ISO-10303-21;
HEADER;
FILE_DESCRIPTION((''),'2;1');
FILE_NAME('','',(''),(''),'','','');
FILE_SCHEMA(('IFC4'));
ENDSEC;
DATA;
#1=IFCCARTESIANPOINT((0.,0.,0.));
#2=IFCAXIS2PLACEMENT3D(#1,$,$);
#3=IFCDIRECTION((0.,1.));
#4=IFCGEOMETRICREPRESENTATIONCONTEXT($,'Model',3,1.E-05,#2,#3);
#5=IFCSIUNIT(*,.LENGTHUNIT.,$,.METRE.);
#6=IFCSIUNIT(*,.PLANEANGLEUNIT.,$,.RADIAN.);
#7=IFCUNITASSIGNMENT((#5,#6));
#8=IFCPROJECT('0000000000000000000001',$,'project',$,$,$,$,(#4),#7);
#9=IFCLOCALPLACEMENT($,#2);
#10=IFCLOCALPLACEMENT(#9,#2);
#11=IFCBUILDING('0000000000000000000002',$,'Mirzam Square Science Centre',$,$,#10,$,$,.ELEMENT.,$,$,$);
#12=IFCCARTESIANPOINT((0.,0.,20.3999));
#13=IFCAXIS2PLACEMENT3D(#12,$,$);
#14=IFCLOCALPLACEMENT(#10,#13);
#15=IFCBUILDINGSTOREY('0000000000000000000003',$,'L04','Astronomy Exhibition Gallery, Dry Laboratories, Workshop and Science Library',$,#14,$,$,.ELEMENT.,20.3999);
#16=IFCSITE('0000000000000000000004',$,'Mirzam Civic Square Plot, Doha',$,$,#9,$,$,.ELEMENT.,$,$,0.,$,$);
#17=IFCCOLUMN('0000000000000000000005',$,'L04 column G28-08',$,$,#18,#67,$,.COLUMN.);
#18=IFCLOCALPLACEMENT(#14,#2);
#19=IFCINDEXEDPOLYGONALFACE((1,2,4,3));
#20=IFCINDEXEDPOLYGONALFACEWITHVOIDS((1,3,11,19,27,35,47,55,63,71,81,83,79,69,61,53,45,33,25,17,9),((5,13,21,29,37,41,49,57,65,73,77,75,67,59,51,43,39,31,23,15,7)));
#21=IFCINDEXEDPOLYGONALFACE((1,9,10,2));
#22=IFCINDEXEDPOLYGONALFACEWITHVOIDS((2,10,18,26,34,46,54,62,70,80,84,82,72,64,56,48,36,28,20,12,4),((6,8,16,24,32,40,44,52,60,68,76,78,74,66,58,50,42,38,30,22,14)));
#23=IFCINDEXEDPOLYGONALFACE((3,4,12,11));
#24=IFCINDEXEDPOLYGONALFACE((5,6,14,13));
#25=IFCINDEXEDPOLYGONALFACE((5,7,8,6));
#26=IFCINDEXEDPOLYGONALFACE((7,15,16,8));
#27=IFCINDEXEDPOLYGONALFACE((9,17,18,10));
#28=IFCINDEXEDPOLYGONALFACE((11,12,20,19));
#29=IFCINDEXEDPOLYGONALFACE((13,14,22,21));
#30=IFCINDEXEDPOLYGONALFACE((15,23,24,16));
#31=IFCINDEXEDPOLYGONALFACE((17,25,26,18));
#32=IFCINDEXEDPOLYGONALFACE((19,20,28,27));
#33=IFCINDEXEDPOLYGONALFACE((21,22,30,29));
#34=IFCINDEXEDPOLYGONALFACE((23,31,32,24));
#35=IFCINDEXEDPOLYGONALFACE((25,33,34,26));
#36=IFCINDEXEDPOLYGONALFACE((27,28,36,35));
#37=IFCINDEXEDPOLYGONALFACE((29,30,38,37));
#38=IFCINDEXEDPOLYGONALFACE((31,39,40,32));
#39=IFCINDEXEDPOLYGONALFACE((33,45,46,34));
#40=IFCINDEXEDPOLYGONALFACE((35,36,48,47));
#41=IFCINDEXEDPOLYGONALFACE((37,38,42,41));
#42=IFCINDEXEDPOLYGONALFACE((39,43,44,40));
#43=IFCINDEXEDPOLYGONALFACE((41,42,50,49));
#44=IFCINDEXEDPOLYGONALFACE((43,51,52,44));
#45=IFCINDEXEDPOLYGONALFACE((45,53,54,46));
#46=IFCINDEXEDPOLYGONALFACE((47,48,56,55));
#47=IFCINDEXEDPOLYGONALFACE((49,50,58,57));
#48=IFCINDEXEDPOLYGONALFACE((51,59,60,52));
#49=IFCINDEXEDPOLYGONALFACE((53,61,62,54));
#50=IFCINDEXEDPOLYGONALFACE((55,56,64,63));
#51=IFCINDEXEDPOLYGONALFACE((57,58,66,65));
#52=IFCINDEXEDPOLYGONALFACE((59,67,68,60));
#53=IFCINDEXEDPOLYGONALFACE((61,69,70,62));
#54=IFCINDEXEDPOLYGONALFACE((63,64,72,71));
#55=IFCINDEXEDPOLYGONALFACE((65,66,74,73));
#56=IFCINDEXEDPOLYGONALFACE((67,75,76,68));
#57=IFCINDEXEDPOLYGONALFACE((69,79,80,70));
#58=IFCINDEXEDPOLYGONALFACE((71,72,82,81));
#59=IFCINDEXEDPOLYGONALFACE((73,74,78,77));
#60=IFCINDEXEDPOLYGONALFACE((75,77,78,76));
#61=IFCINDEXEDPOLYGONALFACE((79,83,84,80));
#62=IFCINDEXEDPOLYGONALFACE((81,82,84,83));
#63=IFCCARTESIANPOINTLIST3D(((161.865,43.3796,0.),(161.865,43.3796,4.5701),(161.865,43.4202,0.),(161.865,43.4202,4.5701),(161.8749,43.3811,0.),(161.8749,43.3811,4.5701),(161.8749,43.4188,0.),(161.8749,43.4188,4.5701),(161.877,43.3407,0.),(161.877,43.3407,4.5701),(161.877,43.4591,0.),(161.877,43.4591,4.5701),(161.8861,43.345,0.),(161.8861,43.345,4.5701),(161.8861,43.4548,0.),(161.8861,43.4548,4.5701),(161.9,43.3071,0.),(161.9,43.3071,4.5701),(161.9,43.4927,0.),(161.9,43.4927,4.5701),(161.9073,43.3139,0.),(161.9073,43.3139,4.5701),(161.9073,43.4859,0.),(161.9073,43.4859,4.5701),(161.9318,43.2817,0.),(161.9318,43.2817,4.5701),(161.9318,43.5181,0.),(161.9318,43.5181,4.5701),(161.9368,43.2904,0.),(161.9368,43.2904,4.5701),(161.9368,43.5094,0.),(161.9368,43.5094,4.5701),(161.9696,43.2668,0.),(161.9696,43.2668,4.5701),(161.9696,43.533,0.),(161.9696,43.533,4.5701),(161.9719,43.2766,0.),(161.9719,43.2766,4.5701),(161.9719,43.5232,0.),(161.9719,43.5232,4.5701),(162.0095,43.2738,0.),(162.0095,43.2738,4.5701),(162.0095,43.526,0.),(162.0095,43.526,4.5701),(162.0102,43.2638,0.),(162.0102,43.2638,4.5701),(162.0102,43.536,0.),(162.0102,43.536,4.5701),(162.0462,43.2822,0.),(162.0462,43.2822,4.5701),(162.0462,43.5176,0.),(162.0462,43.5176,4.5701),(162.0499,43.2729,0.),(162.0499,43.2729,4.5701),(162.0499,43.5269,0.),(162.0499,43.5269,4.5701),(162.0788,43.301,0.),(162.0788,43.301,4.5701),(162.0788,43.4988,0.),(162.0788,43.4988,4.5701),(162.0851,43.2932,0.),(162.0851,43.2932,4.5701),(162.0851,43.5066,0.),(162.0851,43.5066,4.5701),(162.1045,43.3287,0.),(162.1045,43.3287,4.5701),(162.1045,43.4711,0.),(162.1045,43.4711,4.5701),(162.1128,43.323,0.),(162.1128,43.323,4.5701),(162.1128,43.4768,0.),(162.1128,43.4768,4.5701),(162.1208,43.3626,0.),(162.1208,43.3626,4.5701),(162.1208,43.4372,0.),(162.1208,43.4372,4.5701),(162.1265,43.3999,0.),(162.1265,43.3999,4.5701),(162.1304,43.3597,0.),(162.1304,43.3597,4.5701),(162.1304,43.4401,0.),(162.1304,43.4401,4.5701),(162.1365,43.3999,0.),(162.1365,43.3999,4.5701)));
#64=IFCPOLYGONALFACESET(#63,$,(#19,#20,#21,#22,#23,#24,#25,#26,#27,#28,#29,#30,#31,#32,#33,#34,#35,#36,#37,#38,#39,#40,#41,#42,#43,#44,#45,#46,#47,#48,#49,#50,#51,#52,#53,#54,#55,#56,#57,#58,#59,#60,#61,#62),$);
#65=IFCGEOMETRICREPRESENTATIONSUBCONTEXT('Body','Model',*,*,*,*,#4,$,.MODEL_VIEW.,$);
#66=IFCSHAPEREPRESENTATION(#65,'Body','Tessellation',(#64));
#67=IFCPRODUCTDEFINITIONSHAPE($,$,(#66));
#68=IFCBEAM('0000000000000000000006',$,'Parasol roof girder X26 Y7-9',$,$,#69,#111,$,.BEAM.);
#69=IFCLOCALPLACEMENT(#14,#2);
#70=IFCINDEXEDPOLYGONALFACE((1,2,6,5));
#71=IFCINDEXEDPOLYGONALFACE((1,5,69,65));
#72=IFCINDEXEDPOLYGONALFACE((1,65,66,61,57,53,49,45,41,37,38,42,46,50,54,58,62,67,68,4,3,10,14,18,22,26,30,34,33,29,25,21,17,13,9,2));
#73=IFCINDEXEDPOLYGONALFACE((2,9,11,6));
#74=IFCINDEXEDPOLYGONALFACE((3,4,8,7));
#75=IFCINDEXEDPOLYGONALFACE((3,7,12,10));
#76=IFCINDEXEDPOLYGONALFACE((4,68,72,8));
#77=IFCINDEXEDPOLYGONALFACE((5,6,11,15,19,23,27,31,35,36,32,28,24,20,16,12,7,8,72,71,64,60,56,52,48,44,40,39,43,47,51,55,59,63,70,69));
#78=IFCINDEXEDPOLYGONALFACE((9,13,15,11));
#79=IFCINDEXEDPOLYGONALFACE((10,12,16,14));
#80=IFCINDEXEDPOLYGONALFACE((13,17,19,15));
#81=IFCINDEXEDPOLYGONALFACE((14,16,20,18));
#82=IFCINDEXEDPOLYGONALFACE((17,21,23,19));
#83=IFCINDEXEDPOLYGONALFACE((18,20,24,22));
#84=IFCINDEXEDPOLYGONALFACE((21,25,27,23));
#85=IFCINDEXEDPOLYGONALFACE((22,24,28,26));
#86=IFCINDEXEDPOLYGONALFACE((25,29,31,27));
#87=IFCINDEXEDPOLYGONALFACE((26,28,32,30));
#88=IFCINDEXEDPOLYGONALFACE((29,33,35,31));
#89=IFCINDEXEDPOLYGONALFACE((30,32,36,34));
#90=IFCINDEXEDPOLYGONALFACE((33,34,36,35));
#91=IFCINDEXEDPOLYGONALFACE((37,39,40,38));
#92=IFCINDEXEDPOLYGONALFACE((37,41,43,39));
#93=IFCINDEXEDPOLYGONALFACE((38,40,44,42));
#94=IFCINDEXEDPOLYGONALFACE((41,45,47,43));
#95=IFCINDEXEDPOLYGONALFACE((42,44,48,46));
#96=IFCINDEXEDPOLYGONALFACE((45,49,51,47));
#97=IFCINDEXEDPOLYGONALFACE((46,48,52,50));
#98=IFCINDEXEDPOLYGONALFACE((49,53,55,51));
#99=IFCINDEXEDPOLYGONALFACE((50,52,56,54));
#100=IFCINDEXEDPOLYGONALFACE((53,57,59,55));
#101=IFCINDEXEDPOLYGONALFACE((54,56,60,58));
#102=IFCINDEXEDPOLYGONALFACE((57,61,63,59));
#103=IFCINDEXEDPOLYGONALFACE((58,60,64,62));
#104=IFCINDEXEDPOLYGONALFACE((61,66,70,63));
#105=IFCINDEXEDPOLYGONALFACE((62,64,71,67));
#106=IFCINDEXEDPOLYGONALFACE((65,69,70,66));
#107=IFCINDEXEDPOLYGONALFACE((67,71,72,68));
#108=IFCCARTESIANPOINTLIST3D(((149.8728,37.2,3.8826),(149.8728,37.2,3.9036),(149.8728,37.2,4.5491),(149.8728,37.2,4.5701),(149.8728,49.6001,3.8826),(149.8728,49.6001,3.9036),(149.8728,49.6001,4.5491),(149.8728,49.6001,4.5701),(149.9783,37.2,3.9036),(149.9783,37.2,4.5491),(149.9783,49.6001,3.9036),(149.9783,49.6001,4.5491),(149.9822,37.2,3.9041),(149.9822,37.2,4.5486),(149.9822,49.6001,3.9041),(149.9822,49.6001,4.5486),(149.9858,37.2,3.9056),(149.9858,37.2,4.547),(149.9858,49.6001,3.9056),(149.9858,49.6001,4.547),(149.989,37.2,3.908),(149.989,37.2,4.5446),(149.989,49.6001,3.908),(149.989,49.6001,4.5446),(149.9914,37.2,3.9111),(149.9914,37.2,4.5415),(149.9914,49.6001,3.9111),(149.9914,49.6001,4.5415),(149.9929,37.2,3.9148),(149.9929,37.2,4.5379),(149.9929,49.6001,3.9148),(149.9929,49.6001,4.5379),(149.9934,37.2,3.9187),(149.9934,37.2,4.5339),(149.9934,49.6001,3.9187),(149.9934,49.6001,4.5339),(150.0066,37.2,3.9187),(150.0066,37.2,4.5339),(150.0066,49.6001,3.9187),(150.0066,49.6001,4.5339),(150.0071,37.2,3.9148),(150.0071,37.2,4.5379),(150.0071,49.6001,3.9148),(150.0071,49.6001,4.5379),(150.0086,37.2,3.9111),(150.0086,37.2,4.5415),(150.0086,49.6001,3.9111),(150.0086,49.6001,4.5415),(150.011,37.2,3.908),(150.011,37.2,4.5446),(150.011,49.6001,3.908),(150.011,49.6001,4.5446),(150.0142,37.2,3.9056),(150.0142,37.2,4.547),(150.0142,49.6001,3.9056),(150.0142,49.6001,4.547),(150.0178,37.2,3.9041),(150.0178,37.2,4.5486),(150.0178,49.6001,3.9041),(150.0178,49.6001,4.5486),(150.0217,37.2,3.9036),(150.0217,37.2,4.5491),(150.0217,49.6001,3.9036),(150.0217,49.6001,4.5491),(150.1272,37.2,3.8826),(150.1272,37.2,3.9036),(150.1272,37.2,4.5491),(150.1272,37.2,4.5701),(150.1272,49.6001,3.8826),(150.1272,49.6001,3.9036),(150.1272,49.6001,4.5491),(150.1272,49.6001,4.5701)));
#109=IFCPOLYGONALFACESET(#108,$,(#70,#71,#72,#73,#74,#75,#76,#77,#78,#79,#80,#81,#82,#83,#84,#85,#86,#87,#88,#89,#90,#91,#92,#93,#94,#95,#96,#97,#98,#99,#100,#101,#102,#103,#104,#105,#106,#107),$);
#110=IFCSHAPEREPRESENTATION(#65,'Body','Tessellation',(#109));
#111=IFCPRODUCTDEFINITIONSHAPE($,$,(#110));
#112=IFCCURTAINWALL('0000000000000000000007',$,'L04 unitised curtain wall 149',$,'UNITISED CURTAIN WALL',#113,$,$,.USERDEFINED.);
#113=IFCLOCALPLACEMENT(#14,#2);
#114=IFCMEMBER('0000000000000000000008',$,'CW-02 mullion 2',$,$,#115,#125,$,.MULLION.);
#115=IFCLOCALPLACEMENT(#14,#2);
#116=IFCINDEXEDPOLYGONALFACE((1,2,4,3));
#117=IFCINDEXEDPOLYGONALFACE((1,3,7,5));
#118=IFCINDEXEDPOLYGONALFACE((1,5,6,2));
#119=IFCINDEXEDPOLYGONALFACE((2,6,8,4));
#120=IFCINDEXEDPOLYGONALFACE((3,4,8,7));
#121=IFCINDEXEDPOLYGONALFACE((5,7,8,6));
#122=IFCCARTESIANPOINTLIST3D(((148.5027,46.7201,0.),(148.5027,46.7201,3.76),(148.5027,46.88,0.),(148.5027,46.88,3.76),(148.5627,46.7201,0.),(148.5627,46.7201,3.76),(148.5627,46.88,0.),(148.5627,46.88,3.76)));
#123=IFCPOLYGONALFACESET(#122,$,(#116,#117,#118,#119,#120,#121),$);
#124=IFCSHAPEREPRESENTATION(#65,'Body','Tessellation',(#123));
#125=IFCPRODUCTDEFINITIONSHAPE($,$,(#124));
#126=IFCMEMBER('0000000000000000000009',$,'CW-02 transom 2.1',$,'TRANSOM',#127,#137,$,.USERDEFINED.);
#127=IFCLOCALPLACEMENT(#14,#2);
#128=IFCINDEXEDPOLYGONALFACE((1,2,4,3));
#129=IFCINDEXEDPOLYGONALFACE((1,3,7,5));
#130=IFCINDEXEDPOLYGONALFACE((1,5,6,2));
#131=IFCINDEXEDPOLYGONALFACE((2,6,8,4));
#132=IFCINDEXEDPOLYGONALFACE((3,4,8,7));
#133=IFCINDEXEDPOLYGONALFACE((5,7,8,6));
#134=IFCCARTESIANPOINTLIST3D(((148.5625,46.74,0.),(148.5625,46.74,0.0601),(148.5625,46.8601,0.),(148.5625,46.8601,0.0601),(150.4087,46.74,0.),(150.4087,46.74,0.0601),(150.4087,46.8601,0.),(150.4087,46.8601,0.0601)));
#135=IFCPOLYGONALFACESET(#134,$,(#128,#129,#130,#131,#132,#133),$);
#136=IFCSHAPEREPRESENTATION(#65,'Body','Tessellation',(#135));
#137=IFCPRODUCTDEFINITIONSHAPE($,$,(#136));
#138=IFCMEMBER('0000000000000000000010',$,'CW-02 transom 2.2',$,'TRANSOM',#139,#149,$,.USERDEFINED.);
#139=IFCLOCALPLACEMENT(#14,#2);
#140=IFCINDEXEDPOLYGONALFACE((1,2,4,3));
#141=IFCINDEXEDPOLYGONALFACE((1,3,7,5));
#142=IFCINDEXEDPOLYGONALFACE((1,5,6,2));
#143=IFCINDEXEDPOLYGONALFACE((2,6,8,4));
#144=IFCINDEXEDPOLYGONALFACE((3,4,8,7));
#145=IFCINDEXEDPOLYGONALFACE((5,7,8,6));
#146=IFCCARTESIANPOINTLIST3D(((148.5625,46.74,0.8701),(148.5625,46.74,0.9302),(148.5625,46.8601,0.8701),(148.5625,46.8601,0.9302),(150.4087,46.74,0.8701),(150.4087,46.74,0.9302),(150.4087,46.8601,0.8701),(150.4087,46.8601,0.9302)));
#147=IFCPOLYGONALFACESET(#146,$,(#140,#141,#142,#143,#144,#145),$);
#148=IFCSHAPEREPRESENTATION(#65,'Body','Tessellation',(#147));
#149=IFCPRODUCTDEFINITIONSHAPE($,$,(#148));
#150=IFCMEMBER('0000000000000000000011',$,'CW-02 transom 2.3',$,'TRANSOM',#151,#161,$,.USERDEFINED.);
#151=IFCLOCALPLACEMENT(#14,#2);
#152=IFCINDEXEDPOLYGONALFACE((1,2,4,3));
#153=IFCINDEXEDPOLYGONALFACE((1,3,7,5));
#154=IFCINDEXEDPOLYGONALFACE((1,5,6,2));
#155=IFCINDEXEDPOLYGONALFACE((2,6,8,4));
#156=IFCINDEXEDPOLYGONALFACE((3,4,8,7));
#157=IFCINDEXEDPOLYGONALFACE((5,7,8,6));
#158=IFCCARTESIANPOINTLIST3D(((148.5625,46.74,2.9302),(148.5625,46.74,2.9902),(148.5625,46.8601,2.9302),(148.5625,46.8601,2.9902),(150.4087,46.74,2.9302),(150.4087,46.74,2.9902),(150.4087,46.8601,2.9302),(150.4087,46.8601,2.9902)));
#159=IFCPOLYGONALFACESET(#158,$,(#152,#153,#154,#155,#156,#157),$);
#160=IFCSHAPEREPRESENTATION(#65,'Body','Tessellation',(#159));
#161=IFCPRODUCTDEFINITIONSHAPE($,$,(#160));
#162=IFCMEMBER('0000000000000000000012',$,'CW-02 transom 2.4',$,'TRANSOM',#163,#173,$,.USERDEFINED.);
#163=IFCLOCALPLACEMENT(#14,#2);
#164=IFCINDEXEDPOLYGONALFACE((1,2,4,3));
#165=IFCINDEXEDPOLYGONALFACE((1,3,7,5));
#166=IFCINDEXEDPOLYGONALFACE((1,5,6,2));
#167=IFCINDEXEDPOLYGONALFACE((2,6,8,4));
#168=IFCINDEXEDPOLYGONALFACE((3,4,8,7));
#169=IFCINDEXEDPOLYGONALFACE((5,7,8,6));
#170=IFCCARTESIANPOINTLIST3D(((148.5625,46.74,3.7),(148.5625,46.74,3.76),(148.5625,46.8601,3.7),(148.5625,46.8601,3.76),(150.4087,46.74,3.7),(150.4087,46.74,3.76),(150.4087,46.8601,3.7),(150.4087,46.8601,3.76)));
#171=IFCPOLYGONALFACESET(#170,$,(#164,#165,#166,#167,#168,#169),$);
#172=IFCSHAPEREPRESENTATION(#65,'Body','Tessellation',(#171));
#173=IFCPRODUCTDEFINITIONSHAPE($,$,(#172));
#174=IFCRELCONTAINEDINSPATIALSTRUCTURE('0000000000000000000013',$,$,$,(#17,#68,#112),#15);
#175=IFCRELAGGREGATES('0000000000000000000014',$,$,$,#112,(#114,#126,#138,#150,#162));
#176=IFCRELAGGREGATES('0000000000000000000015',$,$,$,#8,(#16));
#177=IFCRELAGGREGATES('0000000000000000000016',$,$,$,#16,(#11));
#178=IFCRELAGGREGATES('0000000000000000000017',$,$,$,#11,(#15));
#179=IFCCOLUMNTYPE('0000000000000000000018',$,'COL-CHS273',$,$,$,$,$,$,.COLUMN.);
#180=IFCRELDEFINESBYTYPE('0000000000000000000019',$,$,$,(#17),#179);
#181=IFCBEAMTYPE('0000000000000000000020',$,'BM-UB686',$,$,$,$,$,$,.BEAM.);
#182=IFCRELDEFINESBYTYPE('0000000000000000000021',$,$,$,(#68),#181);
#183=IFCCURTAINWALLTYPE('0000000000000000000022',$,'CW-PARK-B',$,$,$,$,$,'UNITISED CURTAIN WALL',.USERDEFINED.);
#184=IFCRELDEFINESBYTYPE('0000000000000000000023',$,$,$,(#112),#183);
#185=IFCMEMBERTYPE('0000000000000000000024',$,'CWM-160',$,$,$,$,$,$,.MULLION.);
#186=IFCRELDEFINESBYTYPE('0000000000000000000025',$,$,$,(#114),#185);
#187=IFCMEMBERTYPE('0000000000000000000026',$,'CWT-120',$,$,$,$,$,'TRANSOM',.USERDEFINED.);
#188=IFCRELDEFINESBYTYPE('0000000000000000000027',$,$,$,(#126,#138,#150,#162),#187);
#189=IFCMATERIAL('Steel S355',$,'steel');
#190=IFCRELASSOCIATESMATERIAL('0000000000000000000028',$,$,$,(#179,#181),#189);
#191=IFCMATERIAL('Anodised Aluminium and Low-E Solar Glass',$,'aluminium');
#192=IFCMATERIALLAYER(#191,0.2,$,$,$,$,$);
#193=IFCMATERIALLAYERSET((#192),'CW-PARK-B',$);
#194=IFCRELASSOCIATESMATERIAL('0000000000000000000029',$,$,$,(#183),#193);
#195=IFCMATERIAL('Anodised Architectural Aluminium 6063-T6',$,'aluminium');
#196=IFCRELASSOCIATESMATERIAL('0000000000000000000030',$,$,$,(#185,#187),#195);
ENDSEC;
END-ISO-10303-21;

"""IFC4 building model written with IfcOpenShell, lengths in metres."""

from ifc_helpers import new_model, si_unit, direction, frame, origin, origin_2d, place, context, subcontext, project, spatial, rectangle, hollow_circle, i_section, extrude, material, layer, layer_set, material_profile, profile_set, type_object, element, aggregate, save


model = new_model("IFC4")

# Units and contexts
model_context = context("Model", 3, precision=1e-05, world=origin(), true_north=direction((0.0, 1.0)))
body_context = subcontext(model_context, "Body", "Model", "MODEL_VIEW")
ifc_project = project(units=[si_unit("LENGTHUNIT", "METRE"), si_unit("PLANEANGLEUNIT", "RADIAN")], contexts=[model_context])

# Site, building, storey
site_placement = place(None, origin())
site = spatial("IfcSite", under=ifc_project, at=site_placement, Name="Mirzam Civic Square Plot, Doha", CompositionType="ELEMENT", RefElevation=0.0)
building_placement = place(site_placement, origin())
building = spatial("IfcBuilding", under=site, at=building_placement, Name="Mirzam Square Science Centre", CompositionType="ELEMENT")
storey_placement = place(building_placement, frame((0.0, 0.0, 20.3999)))
storey = spatial("IfcBuildingStorey", under=building, at=storey_placement, Name="L04", Description="Astronomy Exhibition Gallery, Dry Laboratories, Workshop and Science Library", CompositionType="ELEMENT", Elevation=20.3999)

# Column
ifc_material_1 = material(Name="Steel S355", Category="steel")
ifc_material_profile_1 = material_profile(ifc_material_1, hollow_circle(Radius=0.1365, WallThickness=0.01, at=origin_2d()), Name="273.0x10.0CHS")
ifc_profile_set_1 = profile_set([ifc_material_profile_1], Name="Steel S355")
column_type = type_object("IfcColumnType", Name="COL-CHS273", PredefinedType="COLUMN", material=ifc_profile_set_1)
for number, where, z_axis, x_axis, name in (
    (1, (162.0, 43.3999, 0.0), (0.0, 0.0, 1.0), (1.0, 0.0, 0.0), "L04 column G28-08"),
):
    element("IfcColumn", number, at=place(storey_placement, frame(where, z_axis=z_axis, x_axis=x_axis)), inside=storey, type_object=column_type, Name=name, PredefinedType="COLUMN", context=body_context, shape_type="SweptSolid", body=[
        extrude(hollow_circle(Radius=0.1365, WallThickness=0.01, at=origin_2d()), origin(), (0.0, 0.0, 1.0), 4.5701),
    ])

# Beam
ifc_material_profile_2 = material_profile(ifc_material_1, i_section(OverallWidth=0.2544, OverallDepth=0.6875, WebThickness=0.0132, FlangeThickness=0.021, FilletRadius=0.0151, at=origin_2d()), Name="686x254x152UB")
ifc_profile_set_2 = profile_set([ifc_material_profile_2], Name="Steel S355")
beam_type_1 = type_object("IfcBeamType", Name="BM-UB686", PredefinedType="BEAM", material=ifc_profile_set_2)
beam_1_placement = place(storey_placement, frame((150.0, 37.2, 4.2263), z_axis=(0.0, 1.0, 0.0), x_axis=(-1.0, 0.0, 0.0)))
element("IfcBeam", 2, at=beam_1_placement, inside=storey, type_object=beam_type_1, Name="Parasol roof girder X26 Y7-9", PredefinedType="BEAM", context=body_context, shape_type="SweptSolid", body=[
    extrude(i_section(OverallWidth=0.2544, OverallDepth=0.6875, WebThickness=0.0132, FlangeThickness=0.021, FilletRadius=0.0151, at=origin_2d()), origin(), (0.0, 0.0, 1.0), 12.4001),
])

# Curtain wall, members
ifc_material_2 = material(Name="Anodised Aluminium and Low-E Solar Glass", Category="aluminium")
ifc_layer_1 = layer(ifc_material_2, 0.2)
ifc_layer_set_1 = layer_set([ifc_layer_1], Name="CW-PARK-B")
curtain_wall_type = type_object("IfcCurtainWallType", Name="CW-PARK-B", ElementType="UNITISED CURTAIN WALL", PredefinedType="USERDEFINED", material=ifc_layer_set_1)
curtain_wall_placement = place(storey_placement, origin())
curtain_wall = element("IfcCurtainWall", 3, at=curtain_wall_placement, inside=storey, type_object=curtain_wall_type, Name="L04 unitised curtain wall 149", ObjectType="UNITISED CURTAIN WALL", PredefinedType="USERDEFINED")
ifc_material_3 = material(Name="Anodised Architectural Aluminium 6063-T6", Category="aluminium")
ifc_material_profile_3 = material_profile(ifc_material_3, rectangle(XDim=0.0601, YDim=0.1599, at=origin_2d()), Name="ALU-MULL-160x60x4")
ifc_profile_set_3 = profile_set([ifc_material_profile_3], Name="Anodised Architectural Aluminium 6063-T6")
member_type_1 = type_object("IfcMemberType", Name="CWM-160", PredefinedType="MULLION", material=ifc_profile_set_3)
member_1_placement = place(storey_placement, frame((148.5327, 46.8, 0.0), z_axis=(0.0, 0.0, 1.0), x_axis=(1.0, 0.0, 0.0)))
member_1 = element("IfcMember", 4, at=member_1_placement, type_object=member_type_1, Name="CW-02 mullion 2", PredefinedType="MULLION", context=body_context, shape_type="SweptSolid", body=[
    extrude(rectangle(XDim=0.0601, YDim=0.1599, at=origin_2d()), origin(), (0.0, 0.0, 1.0), 3.76),
])
ifc_material_profile_4 = material_profile(ifc_material_3, rectangle(XDim=0.1201, YDim=0.0601, at=origin_2d()), Name="ALU-TRAN-120x60x4")
ifc_profile_set_4 = profile_set([ifc_material_profile_4], Name="Anodised Architectural Aluminium 6063-T6")
member_type_2 = type_object("IfcMemberType", Name="CWT-120", ElementType="TRANSOM", PredefinedType="USERDEFINED", material=ifc_profile_set_4)
member_2_placement = place(storey_placement, frame((148.5625, 46.8, 0.03), z_axis=(1.0, 0.0, 0.0), x_axis=(0.0, 1.0, 0.0)))
member_2 = element("IfcMember", 5, at=member_2_placement, type_object=member_type_2, Name="CW-02 transom 2.1", ObjectType="TRANSOM", PredefinedType="USERDEFINED", context=body_context, shape_type="SweptSolid", body=[
    extrude(rectangle(XDim=0.1201, YDim=0.0601, at=origin_2d()), origin(), (0.0, 0.0, 1.0), 1.8462),
])
member_3_placement = place(storey_placement, frame((148.5625, 46.8, 0.9001), z_axis=(1.0, 0.0, 0.0), x_axis=(0.0, 1.0, 0.0)))
member_3 = element("IfcMember", 6, at=member_3_placement, type_object=member_type_2, Name="CW-02 transom 2.2", ObjectType="TRANSOM", PredefinedType="USERDEFINED", context=body_context, shape_type="SweptSolid", body=[
    extrude(rectangle(XDim=0.1201, YDim=0.0601, at=origin_2d()), origin(), (0.0, 0.0, 1.0), 1.8462),
])
member_4_placement = place(storey_placement, frame((148.5625, 46.8, 2.9602), z_axis=(1.0, 0.0, 0.0), x_axis=(0.0, 1.0, 0.0)))
member_4 = element("IfcMember", 7, at=member_4_placement, type_object=member_type_2, Name="CW-02 transom 2.3", ObjectType="TRANSOM", PredefinedType="USERDEFINED", context=body_context, shape_type="SweptSolid", body=[
    extrude(rectangle(XDim=0.1201, YDim=0.0601, at=origin_2d()), origin(), (0.0, 0.0, 1.0), 1.8462),
])
member_5_placement = place(storey_placement, frame((148.5625, 46.8, 3.73), z_axis=(1.0, 0.0, 0.0), x_axis=(0.0, 1.0, 0.0)))
member_5 = element("IfcMember", 8, at=member_5_placement, type_object=member_type_2, Name="CW-02 transom 2.4", ObjectType="TRANSOM", PredefinedType="USERDEFINED", context=body_context, shape_type="SweptSolid", body=[
    extrude(rectangle(XDim=0.1201, YDim=0.0601, at=origin_2d()), origin(), (0.0, 0.0, 1.0), 1.8462),
])

aggregate(curtain_wall, [member_1, member_2, member_3, member_4, member_5])

save(model, "model.ifc")
